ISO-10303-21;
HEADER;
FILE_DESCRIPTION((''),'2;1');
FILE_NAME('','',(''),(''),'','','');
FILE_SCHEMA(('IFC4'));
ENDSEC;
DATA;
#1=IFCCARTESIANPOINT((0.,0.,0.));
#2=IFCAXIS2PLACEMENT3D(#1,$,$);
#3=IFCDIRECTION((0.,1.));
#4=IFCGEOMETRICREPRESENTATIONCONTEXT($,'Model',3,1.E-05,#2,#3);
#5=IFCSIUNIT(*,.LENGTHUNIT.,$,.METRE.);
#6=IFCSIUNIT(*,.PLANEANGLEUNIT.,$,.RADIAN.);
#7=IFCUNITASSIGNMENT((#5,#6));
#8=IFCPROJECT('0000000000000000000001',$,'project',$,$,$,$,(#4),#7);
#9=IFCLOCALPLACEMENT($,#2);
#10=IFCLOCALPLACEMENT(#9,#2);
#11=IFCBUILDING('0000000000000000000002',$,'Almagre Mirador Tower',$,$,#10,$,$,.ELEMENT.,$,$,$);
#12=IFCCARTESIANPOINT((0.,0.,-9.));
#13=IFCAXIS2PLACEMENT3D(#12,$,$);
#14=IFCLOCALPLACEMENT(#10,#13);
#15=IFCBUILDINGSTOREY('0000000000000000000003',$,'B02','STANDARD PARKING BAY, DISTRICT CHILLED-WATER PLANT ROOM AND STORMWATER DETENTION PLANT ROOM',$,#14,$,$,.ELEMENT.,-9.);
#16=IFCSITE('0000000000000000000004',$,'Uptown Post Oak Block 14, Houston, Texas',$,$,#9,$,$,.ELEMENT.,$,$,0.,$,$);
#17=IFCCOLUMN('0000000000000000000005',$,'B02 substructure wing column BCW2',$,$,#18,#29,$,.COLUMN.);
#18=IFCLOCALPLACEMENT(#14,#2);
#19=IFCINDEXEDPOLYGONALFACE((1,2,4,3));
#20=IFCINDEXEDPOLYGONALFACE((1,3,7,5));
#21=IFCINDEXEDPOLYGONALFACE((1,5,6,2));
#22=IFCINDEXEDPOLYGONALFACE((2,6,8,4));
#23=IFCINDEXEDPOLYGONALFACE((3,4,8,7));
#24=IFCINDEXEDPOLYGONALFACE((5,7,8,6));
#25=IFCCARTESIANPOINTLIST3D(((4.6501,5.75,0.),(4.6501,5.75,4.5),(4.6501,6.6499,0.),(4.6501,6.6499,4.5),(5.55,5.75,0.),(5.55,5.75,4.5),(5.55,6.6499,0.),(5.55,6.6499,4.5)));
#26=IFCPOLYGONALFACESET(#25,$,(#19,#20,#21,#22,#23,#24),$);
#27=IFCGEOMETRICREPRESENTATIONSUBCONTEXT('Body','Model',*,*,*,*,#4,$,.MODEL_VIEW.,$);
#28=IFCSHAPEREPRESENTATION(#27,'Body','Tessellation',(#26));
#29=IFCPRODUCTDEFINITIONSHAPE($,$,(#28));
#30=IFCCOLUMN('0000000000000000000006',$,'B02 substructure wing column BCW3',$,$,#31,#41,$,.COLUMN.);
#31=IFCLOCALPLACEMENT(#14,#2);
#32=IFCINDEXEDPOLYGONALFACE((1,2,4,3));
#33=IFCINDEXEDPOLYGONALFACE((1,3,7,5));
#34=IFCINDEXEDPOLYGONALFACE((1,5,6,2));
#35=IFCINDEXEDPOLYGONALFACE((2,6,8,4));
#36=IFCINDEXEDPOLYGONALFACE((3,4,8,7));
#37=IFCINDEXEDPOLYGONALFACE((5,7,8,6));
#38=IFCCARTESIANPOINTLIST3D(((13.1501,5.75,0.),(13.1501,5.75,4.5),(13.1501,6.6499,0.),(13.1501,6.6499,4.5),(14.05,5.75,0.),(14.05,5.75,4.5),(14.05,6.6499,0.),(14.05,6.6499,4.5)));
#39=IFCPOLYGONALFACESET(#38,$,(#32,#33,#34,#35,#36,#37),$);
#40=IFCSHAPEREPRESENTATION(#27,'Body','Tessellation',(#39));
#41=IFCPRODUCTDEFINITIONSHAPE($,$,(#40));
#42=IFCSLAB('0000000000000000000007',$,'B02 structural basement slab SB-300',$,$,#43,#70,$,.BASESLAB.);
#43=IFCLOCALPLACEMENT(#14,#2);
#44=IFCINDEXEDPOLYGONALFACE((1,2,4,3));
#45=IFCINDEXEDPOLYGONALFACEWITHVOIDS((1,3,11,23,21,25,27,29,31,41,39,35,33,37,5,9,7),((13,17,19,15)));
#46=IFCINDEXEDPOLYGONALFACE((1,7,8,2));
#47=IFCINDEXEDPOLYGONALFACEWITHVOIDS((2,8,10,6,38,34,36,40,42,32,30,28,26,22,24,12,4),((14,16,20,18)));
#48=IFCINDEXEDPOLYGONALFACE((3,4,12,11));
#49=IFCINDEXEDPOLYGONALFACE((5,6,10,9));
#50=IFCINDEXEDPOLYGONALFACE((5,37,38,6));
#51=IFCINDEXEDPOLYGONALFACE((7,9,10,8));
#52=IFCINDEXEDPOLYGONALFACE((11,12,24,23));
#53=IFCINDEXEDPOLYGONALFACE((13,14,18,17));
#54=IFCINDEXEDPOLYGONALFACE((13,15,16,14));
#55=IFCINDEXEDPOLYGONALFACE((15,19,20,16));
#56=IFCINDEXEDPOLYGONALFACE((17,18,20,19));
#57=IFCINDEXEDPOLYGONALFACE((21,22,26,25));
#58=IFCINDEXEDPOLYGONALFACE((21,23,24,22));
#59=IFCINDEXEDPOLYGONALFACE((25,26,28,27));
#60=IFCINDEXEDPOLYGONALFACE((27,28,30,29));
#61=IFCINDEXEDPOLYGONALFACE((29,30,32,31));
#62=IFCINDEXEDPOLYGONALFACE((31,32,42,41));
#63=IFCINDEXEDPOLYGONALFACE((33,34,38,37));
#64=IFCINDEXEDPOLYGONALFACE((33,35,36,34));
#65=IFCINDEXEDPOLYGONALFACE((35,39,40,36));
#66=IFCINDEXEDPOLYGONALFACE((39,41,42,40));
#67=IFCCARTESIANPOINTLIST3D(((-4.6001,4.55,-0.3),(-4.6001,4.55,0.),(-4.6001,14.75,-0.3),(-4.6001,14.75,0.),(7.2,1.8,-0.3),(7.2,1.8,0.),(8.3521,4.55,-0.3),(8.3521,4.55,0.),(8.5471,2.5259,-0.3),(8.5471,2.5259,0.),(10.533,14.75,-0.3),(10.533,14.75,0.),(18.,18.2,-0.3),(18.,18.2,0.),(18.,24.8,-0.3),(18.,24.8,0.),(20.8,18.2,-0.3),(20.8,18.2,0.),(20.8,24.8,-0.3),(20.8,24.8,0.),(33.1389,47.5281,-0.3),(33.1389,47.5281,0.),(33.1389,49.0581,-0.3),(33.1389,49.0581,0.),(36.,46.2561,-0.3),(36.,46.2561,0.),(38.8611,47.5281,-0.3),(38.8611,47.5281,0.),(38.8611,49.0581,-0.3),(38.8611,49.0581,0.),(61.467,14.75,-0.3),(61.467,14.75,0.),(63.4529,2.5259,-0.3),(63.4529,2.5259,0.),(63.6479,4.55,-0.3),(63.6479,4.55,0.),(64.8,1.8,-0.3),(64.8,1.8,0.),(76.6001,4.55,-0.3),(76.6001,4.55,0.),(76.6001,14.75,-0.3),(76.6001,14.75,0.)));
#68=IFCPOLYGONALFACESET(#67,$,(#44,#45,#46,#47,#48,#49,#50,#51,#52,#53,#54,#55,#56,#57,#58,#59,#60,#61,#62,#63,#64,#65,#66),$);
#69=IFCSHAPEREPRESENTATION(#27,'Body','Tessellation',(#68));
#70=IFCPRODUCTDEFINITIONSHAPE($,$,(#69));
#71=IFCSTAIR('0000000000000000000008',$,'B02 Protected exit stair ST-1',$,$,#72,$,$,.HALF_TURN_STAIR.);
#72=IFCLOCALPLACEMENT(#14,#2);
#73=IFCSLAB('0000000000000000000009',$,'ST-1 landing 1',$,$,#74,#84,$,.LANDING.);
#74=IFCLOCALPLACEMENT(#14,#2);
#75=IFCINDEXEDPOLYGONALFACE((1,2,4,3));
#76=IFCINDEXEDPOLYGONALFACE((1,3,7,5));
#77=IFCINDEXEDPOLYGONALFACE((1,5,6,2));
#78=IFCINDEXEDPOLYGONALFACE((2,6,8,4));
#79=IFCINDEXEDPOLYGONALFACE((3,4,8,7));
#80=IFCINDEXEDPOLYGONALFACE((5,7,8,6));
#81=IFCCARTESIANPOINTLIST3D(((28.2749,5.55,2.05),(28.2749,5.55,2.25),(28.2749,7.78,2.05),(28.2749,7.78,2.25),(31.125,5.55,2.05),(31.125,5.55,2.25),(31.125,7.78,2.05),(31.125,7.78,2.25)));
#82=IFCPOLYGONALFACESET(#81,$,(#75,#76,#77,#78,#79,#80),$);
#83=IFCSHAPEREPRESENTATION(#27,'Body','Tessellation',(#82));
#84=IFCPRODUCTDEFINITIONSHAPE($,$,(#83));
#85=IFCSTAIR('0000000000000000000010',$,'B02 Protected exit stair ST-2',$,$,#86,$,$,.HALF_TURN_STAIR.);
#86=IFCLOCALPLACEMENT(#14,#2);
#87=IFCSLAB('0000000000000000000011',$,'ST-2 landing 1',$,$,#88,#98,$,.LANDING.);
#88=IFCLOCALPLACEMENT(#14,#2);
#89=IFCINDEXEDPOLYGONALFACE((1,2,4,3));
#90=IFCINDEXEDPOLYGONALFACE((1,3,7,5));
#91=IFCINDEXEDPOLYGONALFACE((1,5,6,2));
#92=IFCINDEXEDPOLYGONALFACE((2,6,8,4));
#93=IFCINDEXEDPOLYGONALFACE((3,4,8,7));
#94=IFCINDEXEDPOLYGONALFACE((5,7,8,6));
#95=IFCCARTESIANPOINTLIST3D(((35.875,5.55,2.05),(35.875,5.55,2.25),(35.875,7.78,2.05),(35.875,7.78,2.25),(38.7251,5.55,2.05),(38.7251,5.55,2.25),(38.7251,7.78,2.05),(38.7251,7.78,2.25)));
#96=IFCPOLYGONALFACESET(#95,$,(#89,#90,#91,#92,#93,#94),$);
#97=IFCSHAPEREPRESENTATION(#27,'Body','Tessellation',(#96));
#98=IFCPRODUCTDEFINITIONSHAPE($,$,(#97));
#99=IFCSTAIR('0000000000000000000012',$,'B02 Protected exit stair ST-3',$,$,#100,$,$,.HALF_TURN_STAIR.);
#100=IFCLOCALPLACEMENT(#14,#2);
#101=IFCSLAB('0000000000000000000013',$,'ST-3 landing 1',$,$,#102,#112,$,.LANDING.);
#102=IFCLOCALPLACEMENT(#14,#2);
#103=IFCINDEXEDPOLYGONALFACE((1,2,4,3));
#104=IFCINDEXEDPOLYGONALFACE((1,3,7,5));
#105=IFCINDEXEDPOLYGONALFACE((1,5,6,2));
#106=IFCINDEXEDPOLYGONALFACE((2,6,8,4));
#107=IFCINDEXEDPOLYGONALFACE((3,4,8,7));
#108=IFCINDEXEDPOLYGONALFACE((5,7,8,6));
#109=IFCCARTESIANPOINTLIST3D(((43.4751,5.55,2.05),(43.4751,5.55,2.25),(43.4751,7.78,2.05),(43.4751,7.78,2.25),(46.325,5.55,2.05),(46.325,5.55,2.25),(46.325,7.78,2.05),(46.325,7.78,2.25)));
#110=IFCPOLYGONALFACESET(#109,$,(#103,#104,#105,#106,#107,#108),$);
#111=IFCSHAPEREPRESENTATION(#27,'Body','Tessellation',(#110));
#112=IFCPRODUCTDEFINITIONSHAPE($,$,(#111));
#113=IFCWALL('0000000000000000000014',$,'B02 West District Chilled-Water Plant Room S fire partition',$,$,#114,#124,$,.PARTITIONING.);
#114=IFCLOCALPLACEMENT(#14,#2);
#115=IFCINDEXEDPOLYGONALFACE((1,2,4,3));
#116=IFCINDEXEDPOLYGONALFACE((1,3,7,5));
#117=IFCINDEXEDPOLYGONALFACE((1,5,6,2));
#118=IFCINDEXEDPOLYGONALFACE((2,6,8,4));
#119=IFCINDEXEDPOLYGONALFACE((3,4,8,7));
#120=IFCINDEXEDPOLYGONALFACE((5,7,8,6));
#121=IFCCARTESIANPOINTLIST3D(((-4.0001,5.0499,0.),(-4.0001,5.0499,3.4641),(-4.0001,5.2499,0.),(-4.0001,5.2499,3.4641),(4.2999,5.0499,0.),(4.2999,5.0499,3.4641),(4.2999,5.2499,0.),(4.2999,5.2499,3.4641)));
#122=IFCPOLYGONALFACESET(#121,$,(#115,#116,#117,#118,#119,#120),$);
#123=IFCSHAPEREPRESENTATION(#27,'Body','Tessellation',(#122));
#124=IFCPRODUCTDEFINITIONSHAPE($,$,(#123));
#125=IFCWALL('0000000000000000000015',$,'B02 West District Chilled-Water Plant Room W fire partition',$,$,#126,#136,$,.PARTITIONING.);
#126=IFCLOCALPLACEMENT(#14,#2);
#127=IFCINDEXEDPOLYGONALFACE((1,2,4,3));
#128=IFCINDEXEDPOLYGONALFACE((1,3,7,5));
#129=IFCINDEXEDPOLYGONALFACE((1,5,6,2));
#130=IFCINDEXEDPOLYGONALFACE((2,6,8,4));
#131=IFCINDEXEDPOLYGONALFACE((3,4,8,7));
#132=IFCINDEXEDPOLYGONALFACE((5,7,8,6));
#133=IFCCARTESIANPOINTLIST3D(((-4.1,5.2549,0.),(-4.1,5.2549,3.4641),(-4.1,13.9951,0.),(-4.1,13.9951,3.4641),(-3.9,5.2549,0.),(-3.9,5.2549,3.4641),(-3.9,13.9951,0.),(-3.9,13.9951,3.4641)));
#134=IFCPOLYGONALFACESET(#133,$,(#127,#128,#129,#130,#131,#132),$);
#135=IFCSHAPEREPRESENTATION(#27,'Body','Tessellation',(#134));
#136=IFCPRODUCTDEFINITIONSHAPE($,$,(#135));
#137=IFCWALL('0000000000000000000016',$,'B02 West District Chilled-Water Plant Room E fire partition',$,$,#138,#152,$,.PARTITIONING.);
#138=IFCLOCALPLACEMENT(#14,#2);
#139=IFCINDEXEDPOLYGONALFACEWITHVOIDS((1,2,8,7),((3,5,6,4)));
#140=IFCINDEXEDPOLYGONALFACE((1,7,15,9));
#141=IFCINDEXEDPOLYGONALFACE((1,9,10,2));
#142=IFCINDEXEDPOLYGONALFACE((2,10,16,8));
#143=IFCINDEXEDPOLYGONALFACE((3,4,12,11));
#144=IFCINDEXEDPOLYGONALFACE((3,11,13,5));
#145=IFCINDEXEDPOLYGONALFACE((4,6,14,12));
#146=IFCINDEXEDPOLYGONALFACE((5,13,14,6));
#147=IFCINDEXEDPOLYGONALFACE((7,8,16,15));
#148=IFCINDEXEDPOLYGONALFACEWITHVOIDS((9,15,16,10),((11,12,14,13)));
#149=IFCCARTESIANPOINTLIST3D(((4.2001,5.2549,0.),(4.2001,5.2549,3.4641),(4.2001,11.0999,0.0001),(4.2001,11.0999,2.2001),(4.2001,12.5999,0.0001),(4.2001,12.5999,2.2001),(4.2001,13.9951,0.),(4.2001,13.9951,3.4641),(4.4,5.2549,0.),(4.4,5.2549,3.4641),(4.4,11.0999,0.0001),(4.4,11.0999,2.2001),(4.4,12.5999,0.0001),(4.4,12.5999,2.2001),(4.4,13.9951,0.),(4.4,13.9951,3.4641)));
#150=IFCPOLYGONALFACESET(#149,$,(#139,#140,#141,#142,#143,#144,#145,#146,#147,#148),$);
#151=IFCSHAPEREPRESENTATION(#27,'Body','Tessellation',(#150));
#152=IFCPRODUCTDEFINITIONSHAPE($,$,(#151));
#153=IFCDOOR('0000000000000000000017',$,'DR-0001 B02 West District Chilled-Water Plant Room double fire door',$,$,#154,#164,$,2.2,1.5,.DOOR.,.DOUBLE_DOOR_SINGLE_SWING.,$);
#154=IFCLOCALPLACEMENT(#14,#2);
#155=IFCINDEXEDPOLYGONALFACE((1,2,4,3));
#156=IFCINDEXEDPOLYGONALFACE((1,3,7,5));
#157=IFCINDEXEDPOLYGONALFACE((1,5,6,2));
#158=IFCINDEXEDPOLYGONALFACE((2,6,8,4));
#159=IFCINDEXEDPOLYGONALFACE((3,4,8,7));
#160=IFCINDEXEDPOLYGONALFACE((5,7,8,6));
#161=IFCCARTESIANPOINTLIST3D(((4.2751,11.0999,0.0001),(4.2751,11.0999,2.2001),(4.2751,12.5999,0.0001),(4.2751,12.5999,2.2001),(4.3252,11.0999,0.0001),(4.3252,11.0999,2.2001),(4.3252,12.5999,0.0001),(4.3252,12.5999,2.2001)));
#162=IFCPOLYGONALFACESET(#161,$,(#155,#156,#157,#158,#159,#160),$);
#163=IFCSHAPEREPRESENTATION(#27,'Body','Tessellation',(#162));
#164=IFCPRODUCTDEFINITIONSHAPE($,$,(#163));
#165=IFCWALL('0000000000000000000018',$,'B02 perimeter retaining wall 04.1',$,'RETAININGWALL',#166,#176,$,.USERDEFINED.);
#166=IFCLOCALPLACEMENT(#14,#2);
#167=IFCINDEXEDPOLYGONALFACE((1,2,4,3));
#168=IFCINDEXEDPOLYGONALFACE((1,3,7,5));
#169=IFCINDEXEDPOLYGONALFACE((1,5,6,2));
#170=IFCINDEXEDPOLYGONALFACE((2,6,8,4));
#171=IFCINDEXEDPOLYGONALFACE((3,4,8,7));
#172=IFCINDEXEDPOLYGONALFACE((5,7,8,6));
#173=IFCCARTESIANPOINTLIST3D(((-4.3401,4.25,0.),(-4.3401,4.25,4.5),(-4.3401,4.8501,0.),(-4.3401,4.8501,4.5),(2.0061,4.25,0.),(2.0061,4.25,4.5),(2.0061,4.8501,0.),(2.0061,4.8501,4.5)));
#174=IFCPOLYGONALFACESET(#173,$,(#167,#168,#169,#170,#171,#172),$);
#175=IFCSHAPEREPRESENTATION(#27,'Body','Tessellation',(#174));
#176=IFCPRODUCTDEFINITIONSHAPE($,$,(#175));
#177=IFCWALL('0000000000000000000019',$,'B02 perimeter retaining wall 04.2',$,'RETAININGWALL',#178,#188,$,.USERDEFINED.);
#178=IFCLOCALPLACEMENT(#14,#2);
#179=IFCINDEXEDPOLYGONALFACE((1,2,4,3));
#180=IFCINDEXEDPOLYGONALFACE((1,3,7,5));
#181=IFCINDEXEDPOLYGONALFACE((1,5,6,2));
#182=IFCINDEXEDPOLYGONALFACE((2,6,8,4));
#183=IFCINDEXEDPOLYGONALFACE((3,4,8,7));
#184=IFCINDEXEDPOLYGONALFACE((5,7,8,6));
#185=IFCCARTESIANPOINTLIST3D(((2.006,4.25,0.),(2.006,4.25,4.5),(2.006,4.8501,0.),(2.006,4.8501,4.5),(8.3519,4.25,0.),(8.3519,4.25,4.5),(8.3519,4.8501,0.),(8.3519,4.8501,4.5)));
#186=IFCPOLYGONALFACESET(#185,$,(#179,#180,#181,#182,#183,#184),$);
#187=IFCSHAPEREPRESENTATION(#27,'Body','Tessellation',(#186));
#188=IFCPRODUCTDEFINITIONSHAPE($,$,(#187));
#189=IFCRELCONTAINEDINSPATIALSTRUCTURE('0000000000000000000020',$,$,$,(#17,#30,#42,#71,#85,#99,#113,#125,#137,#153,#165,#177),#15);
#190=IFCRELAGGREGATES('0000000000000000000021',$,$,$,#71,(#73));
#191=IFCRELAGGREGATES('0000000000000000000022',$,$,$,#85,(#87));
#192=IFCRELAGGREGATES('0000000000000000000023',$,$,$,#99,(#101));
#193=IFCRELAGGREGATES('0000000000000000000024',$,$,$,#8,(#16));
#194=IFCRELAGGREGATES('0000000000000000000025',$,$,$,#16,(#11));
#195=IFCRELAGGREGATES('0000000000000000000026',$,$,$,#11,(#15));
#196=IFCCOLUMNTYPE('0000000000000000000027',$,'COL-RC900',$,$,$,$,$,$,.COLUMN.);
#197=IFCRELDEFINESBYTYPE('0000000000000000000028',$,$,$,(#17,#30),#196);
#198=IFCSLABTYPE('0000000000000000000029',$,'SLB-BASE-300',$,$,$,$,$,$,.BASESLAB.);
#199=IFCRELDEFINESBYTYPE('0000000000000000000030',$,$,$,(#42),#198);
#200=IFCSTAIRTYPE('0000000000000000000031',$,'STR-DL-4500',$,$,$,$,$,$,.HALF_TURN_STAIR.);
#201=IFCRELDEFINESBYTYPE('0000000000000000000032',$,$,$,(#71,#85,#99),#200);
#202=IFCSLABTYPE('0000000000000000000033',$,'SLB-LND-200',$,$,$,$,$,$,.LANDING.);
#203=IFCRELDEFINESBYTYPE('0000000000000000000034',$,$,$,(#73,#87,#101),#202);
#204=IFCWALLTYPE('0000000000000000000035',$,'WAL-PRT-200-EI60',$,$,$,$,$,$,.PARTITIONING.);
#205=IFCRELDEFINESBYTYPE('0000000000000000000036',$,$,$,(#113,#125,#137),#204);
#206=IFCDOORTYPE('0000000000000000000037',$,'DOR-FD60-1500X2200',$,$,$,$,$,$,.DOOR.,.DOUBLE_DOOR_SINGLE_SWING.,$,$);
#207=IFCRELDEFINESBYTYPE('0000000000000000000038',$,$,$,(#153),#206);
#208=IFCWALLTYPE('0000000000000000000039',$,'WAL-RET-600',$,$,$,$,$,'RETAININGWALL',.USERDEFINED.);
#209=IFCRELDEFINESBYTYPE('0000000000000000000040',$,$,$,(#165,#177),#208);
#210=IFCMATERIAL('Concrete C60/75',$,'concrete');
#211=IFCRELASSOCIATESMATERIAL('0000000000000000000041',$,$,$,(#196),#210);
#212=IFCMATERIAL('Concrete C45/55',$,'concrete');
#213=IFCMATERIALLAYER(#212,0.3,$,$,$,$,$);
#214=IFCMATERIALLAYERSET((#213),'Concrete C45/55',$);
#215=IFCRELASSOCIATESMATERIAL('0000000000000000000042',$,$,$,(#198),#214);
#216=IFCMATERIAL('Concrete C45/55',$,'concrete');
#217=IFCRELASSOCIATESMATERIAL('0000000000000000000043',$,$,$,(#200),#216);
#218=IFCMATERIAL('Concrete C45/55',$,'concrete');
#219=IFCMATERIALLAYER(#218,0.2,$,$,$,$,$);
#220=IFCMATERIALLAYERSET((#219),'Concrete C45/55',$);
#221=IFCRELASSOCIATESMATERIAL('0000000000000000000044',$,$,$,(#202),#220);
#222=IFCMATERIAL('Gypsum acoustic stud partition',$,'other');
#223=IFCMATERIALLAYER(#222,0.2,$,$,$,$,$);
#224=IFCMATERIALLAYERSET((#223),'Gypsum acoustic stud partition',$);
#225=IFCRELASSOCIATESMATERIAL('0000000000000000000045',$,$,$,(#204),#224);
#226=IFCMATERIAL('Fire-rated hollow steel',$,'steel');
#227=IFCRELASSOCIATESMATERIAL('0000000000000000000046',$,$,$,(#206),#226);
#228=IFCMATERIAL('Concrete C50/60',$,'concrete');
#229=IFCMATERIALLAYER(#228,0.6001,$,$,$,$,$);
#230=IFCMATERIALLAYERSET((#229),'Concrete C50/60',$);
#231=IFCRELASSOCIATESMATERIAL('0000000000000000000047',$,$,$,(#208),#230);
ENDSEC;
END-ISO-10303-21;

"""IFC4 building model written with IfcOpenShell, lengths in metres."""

from ifc_helpers import new_model, si_unit, direction, frame, frame_2d, origin, origin_2d, place, context, subcontext, project, spatial, polyline, rectangle, outline, extrude, material, layer, layer_set, material_profile, profile_set, type_object, element, fill, aggregate, save


model = new_model("IFC4")

# Units and contexts
model_context = context("Model", 3, precision=1e-05, world=origin(), true_north=direction((0.0, 1.0)))
body_context = subcontext(model_context, "Body", "Model", "MODEL_VIEW")
ifc_project = project(units=[si_unit("LENGTHUNIT", "METRE"), si_unit("PLANEANGLEUNIT", "RADIAN")], contexts=[model_context])

# Site, building, storey
site_placement = place(None, origin())
site = spatial("IfcSite", under=ifc_project, at=site_placement, Name="Uptown Post Oak Block 14, Houston, Texas", CompositionType="ELEMENT", RefElevation=0.0)
building_placement = place(site_placement, origin())
building = spatial("IfcBuilding", under=site, at=building_placement, Name="Almagre Mirador Tower", CompositionType="ELEMENT")
storey_placement = place(building_placement, frame((0.0, 0.0, -9.0)))
storey = spatial("IfcBuildingStorey", under=building, at=storey_placement, Name="B02", Description="STANDARD PARKING BAY, DISTRICT CHILLED-WATER PLANT ROOM AND STORMWATER DETENTION PLANT ROOM", CompositionType="ELEMENT", Elevation=-9.0)

# Columns
ifc_material_1 = material(Name="Concrete C60/75", Category="concrete")
ifc_material_profile_1 = material_profile(ifc_material_1, rectangle(XDim=0.8999, YDim=0.8999, at=origin_2d()), Name="RC900X900")
ifc_profile_set_1 = profile_set([ifc_material_profile_1], Name="Concrete C60/75")
column_type_1 = type_object("IfcColumnType", Name="COL-RC900", PredefinedType="COLUMN", material=ifc_profile_set_1)
for number, where, z_axis, x_axis, name in (
    (1, (5.1001, 6.2, 0.0), (0.0, 0.0, 1.0), (1.0, 0.0, 0.0), "B02 substructure wing column BCW2"),
    (2, (13.6001, 6.2, 0.0), (0.0, 0.0, 1.0), (1.0, 0.0, 0.0), "B02 substructure wing column BCW3"),
):
    element("IfcColumn", number, at=place(storey_placement, frame(where, z_axis=z_axis, x_axis=x_axis)), inside=storey, type_object=column_type_1, Name=name, PredefinedType="COLUMN", context=body_context, shape_type="SweptSolid", body=[
        extrude(rectangle(XDim=0.8999, YDim=0.8999, at=origin_2d()), origin(), (0.0, 0.0, 1.0), 4.5),
    ])

# Slab
ifc_material_2 = material(Name="Concrete C45/55", Category="concrete")
ifc_layer_1 = layer(ifc_material_2, 0.3)
ifc_layer_set_1 = layer_set([ifc_layer_1], Name="Concrete C45/55")
slab_type_1 = type_object("IfcSlabType", Name="SLB-BASE-300", PredefinedType="BASESLAB", material=ifc_layer_set_1)
slab_1_placement = place(storey_placement, frame((0.0, 0.0, -0.3)))
element("IfcSlab", 3, at=slab_1_placement, inside=storey, type_object=slab_type_1, Name="B02 structural basement slab SB-300", PredefinedType="BASESLAB", context=body_context, shape_type="SweptSolid", body=[
    extrude(outline(polyline([(33.1389, 49.0581), (10.533, 14.75), (-4.6001, 14.75), (-4.6001, 4.55), (8.3521, 4.55), (8.5471, 2.5259), (7.2, 1.8), (64.8, 1.8), (63.4529, 2.5259), (63.6479, 4.55), (76.6001, 4.55), (76.6001, 14.75), (61.467, 14.75), (38.8611, 49.0581), (38.8611, 47.5281), (36.0, 46.2561), (33.1389, 47.5281), (33.1389, 49.0581)]), holes=[polyline([(18.0, 24.8), (20.8, 24.8), (20.8, 18.2), (18.0, 18.2), (18.0, 24.8)])]), origin(), (0.0, 0.0, 1.0), 0.3),
])

# Stairs, slabs
ifc_material_3 = material(Name="Concrete C45/55", Category="concrete")
stair_type = type_object("IfcStairType", Name="STR-DL-4500", PredefinedType="HALF_TURN_STAIR", material=ifc_material_3)
stair_1_placement = place(storey_placement, origin())
stair_1 = element("IfcStair", 4, at=stair_1_placement, inside=storey, type_object=stair_type, Name="B02 Protected exit stair ST-1", PredefinedType="HALF_TURN_STAIR")
ifc_material_4 = material(Name="Concrete C45/55", Category="concrete")
ifc_layer_2 = layer(ifc_material_4, 0.2)
ifc_layer_set_2 = layer_set([ifc_layer_2], Name="Concrete C45/55")
slab_type_2 = type_object("IfcSlabType", Name="SLB-LND-200", PredefinedType="LANDING", material=ifc_layer_set_2)
slab_2_placement = place(storey_placement, frame((0.0, 0.0, 2.05)))
slab_2 = element("IfcSlab", 5, at=slab_2_placement, type_object=slab_type_2, Name="ST-1 landing 1", PredefinedType="LANDING", context=body_context, shape_type="SweptSolid", body=[
    extrude(outline(polyline([(28.2749, 7.78), (28.2749, 5.55), (31.125, 5.55), (31.125, 7.78), (28.2749, 7.78)])), origin(), (0.0, 0.0, 1.0), 0.2),
])
aggregate(stair_1, [slab_2])
stair_2_placement = place(storey_placement, origin())
stair_2 = element("IfcStair", 6, at=stair_2_placement, inside=storey, type_object=stair_type, Name="B02 Protected exit stair ST-2", PredefinedType="HALF_TURN_STAIR")
slab_3_placement = place(storey_placement, frame((0.0, 0.0, 2.05)))
slab_3 = element("IfcSlab", 7, at=slab_3_placement, type_object=slab_type_2, Name="ST-2 landing 1", PredefinedType="LANDING", context=body_context, shape_type="SweptSolid", body=[
    extrude(outline(polyline([(35.875, 7.78), (35.875, 5.55), (38.7251, 5.55), (38.7251, 7.78), (35.875, 7.78)])), origin(), (0.0, 0.0, 1.0), 0.2),
])
aggregate(stair_2, [slab_3])
stair_3_placement = place(storey_placement, origin())
stair_3 = element("IfcStair", 8, at=stair_3_placement, inside=storey, type_object=stair_type, Name="B02 Protected exit stair ST-3", PredefinedType="HALF_TURN_STAIR")
slab_4_placement = place(storey_placement, frame((0.0, 0.0, 2.05)))
slab_4 = element("IfcSlab", 9, at=slab_4_placement, type_object=slab_type_2, Name="ST-3 landing 1", PredefinedType="LANDING", context=body_context, shape_type="SweptSolid", body=[
    extrude(outline(polyline([(43.4751, 7.78), (43.4751, 5.55), (46.325, 5.55), (46.325, 7.78), (43.4751, 7.78)])), origin(), (0.0, 0.0, 1.0), 0.2),
])
aggregate(stair_3, [slab_4])

# Walls
ifc_material_5 = material(Name="Gypsum acoustic stud partition", Category="other")
ifc_layer_3 = layer(ifc_material_5, 0.2)
ifc_layer_set_3 = layer_set([ifc_layer_3], Name="Gypsum acoustic stud partition")
wall_type_1 = type_object("IfcWallType", Name="WAL-PRT-200-EI60", PredefinedType="PARTITIONING", material=ifc_layer_set_3)
wall_1_placement = place(storey_placement, frame((-4.0, 5.1499, 0.0), z_axis=(0.0, 0.0, 1.0), x_axis=(1.0, 0.0, 0.0)))
element("IfcWall", 10, at=wall_1_placement, inside=storey, type_object=wall_type_1, Name="B02 West District Chilled-Water Plant Room S fire partition", PredefinedType="PARTITIONING", context=body_context, shape_type="SweptSolid", body=[
    extrude(rectangle(XDim=8.3, YDim=0.2, at=frame_2d((4.1499, 0.0))), origin(), (0.0, 0.0, 1.0), 3.4641),
])
wall_2_placement = place(storey_placement, frame((-4.0, 5.2549, 0.0), z_axis=(0.0, 0.0, 1.0), x_axis=(0.0, 1.0, 0.0)))
element("IfcWall", 11, at=wall_2_placement, inside=storey, type_object=wall_type_1, Name="B02 West District Chilled-Water Plant Room W fire partition", PredefinedType="PARTITIONING", context=body_context, shape_type="SweptSolid", body=[
    extrude(rectangle(XDim=8.7402, YDim=0.2, at=frame_2d((4.3701, 0.0))), origin(), (0.0, 0.0, 1.0), 3.4641),
])

# Wall, opening, door
wall_3_placement = place(storey_placement, frame((4.3, 5.2549, 0.0), z_axis=(0.0, 0.0, 1.0), x_axis=(0.0, 1.0, 0.0)))
wall_3 = element("IfcWall", 12, at=wall_3_placement, inside=storey, type_object=wall_type_1, Name="B02 West District Chilled-Water Plant Room E fire partition", PredefinedType="PARTITIONING", context=body_context, shape_type="SweptSolid", body=[
    extrude(rectangle(XDim=8.7402, YDim=0.2, at=frame_2d((4.3701, 0.0))), origin(), (0.0, 0.0, 1.0), 3.4641),
])
opening_placement = place(wall_3_placement, frame((5.845, 0.0, 0.0)))
opening = element("IfcOpeningElement", 13, at=opening_placement, cuts=wall_3, PredefinedType="OPENING", context=body_context, shape_type="SweptSolid", body=[
    extrude(rectangle(XDim=1.5, YDim=2.2, at=frame_2d((0.75, 1.1001))), frame((0.0, 0.1101, 0.0), z_axis=(0.0, -1.0, 0.0), x_axis=(1.0, 0.0, 0.0)), (0.0, 0.0, 1.0), 0.22),
])
ifc_material_6 = material(Name="Fire-rated hollow steel", Category="steel")
door_type = type_object("IfcDoorType", Name="DOR-FD60-1500X2200", OperationType="DOUBLE_DOOR_SINGLE_SWING", PredefinedType="DOOR", material=ifc_material_6)
door_placement = place(opening_placement, origin())
door = element("IfcDoor", 14, at=door_placement, inside=storey, type_object=door_type, Name="DR-0001 B02 West District Chilled-Water Plant Room double fire door", OperationType="DOUBLE_DOOR_SINGLE_SWING", OverallHeight=2.2, OverallWidth=1.5, PredefinedType="DOOR", context=body_context, shape_type="SweptSolid", body=[
    extrude(rectangle(XDim=1.5, YDim=2.2, at=frame_2d((0.75, 1.1001))), frame((0.0, 0.0249, 0.0), z_axis=(0.0, -1.0, 0.0), x_axis=(1.0, 0.0, 0.0)), (0.0, 0.0, 1.0), 0.05),
])
fill(opening, door)

# Walls
ifc_material_7 = material(Name="Concrete C50/60", Category="concrete")
ifc_layer_4 = layer(ifc_material_7, 0.6001)
ifc_layer_set_4 = layer_set([ifc_layer_4], Name="Concrete C50/60")
wall_type_2 = type_object("IfcWallType", Name="WAL-RET-600", ElementType="RETAININGWALL", PredefinedType="USERDEFINED", material=ifc_layer_set_4)
wall_4_placement = place(storey_placement, frame((-4.3401, 4.55, 0.0), z_axis=(0.0, 0.0, 1.0), x_axis=(1.0, 0.0, 0.0)))
element("IfcWall", 15, at=wall_4_placement, inside=storey, type_object=wall_type_2, Name="B02 perimeter retaining wall 04.1", ObjectType="RETAININGWALL", PredefinedType="USERDEFINED", context=body_context, shape_type="SweptSolid", body=[
    extrude(rectangle(XDim=6.3462, YDim=0.6001, at=frame_2d((3.1731, 0.0))), origin(), (0.0, 0.0, 1.0), 4.5),
])
wall_5_placement = place(storey_placement, frame((2.0061, 4.55, 0.0), z_axis=(0.0, 0.0, 1.0), x_axis=(1.0, 0.0, 0.0)))
element("IfcWall", 16, at=wall_5_placement, inside=storey, type_object=wall_type_2, Name="B02 perimeter retaining wall 04.2", ObjectType="RETAININGWALL", PredefinedType="USERDEFINED", context=body_context, shape_type="SweptSolid", body=[
    extrude(rectangle(XDim=6.3459, YDim=0.6001, at=frame_2d((3.1729, 0.0))), origin(), (0.0, 0.0, 1.0), 4.5),
])

save(model, "model.ifc")
